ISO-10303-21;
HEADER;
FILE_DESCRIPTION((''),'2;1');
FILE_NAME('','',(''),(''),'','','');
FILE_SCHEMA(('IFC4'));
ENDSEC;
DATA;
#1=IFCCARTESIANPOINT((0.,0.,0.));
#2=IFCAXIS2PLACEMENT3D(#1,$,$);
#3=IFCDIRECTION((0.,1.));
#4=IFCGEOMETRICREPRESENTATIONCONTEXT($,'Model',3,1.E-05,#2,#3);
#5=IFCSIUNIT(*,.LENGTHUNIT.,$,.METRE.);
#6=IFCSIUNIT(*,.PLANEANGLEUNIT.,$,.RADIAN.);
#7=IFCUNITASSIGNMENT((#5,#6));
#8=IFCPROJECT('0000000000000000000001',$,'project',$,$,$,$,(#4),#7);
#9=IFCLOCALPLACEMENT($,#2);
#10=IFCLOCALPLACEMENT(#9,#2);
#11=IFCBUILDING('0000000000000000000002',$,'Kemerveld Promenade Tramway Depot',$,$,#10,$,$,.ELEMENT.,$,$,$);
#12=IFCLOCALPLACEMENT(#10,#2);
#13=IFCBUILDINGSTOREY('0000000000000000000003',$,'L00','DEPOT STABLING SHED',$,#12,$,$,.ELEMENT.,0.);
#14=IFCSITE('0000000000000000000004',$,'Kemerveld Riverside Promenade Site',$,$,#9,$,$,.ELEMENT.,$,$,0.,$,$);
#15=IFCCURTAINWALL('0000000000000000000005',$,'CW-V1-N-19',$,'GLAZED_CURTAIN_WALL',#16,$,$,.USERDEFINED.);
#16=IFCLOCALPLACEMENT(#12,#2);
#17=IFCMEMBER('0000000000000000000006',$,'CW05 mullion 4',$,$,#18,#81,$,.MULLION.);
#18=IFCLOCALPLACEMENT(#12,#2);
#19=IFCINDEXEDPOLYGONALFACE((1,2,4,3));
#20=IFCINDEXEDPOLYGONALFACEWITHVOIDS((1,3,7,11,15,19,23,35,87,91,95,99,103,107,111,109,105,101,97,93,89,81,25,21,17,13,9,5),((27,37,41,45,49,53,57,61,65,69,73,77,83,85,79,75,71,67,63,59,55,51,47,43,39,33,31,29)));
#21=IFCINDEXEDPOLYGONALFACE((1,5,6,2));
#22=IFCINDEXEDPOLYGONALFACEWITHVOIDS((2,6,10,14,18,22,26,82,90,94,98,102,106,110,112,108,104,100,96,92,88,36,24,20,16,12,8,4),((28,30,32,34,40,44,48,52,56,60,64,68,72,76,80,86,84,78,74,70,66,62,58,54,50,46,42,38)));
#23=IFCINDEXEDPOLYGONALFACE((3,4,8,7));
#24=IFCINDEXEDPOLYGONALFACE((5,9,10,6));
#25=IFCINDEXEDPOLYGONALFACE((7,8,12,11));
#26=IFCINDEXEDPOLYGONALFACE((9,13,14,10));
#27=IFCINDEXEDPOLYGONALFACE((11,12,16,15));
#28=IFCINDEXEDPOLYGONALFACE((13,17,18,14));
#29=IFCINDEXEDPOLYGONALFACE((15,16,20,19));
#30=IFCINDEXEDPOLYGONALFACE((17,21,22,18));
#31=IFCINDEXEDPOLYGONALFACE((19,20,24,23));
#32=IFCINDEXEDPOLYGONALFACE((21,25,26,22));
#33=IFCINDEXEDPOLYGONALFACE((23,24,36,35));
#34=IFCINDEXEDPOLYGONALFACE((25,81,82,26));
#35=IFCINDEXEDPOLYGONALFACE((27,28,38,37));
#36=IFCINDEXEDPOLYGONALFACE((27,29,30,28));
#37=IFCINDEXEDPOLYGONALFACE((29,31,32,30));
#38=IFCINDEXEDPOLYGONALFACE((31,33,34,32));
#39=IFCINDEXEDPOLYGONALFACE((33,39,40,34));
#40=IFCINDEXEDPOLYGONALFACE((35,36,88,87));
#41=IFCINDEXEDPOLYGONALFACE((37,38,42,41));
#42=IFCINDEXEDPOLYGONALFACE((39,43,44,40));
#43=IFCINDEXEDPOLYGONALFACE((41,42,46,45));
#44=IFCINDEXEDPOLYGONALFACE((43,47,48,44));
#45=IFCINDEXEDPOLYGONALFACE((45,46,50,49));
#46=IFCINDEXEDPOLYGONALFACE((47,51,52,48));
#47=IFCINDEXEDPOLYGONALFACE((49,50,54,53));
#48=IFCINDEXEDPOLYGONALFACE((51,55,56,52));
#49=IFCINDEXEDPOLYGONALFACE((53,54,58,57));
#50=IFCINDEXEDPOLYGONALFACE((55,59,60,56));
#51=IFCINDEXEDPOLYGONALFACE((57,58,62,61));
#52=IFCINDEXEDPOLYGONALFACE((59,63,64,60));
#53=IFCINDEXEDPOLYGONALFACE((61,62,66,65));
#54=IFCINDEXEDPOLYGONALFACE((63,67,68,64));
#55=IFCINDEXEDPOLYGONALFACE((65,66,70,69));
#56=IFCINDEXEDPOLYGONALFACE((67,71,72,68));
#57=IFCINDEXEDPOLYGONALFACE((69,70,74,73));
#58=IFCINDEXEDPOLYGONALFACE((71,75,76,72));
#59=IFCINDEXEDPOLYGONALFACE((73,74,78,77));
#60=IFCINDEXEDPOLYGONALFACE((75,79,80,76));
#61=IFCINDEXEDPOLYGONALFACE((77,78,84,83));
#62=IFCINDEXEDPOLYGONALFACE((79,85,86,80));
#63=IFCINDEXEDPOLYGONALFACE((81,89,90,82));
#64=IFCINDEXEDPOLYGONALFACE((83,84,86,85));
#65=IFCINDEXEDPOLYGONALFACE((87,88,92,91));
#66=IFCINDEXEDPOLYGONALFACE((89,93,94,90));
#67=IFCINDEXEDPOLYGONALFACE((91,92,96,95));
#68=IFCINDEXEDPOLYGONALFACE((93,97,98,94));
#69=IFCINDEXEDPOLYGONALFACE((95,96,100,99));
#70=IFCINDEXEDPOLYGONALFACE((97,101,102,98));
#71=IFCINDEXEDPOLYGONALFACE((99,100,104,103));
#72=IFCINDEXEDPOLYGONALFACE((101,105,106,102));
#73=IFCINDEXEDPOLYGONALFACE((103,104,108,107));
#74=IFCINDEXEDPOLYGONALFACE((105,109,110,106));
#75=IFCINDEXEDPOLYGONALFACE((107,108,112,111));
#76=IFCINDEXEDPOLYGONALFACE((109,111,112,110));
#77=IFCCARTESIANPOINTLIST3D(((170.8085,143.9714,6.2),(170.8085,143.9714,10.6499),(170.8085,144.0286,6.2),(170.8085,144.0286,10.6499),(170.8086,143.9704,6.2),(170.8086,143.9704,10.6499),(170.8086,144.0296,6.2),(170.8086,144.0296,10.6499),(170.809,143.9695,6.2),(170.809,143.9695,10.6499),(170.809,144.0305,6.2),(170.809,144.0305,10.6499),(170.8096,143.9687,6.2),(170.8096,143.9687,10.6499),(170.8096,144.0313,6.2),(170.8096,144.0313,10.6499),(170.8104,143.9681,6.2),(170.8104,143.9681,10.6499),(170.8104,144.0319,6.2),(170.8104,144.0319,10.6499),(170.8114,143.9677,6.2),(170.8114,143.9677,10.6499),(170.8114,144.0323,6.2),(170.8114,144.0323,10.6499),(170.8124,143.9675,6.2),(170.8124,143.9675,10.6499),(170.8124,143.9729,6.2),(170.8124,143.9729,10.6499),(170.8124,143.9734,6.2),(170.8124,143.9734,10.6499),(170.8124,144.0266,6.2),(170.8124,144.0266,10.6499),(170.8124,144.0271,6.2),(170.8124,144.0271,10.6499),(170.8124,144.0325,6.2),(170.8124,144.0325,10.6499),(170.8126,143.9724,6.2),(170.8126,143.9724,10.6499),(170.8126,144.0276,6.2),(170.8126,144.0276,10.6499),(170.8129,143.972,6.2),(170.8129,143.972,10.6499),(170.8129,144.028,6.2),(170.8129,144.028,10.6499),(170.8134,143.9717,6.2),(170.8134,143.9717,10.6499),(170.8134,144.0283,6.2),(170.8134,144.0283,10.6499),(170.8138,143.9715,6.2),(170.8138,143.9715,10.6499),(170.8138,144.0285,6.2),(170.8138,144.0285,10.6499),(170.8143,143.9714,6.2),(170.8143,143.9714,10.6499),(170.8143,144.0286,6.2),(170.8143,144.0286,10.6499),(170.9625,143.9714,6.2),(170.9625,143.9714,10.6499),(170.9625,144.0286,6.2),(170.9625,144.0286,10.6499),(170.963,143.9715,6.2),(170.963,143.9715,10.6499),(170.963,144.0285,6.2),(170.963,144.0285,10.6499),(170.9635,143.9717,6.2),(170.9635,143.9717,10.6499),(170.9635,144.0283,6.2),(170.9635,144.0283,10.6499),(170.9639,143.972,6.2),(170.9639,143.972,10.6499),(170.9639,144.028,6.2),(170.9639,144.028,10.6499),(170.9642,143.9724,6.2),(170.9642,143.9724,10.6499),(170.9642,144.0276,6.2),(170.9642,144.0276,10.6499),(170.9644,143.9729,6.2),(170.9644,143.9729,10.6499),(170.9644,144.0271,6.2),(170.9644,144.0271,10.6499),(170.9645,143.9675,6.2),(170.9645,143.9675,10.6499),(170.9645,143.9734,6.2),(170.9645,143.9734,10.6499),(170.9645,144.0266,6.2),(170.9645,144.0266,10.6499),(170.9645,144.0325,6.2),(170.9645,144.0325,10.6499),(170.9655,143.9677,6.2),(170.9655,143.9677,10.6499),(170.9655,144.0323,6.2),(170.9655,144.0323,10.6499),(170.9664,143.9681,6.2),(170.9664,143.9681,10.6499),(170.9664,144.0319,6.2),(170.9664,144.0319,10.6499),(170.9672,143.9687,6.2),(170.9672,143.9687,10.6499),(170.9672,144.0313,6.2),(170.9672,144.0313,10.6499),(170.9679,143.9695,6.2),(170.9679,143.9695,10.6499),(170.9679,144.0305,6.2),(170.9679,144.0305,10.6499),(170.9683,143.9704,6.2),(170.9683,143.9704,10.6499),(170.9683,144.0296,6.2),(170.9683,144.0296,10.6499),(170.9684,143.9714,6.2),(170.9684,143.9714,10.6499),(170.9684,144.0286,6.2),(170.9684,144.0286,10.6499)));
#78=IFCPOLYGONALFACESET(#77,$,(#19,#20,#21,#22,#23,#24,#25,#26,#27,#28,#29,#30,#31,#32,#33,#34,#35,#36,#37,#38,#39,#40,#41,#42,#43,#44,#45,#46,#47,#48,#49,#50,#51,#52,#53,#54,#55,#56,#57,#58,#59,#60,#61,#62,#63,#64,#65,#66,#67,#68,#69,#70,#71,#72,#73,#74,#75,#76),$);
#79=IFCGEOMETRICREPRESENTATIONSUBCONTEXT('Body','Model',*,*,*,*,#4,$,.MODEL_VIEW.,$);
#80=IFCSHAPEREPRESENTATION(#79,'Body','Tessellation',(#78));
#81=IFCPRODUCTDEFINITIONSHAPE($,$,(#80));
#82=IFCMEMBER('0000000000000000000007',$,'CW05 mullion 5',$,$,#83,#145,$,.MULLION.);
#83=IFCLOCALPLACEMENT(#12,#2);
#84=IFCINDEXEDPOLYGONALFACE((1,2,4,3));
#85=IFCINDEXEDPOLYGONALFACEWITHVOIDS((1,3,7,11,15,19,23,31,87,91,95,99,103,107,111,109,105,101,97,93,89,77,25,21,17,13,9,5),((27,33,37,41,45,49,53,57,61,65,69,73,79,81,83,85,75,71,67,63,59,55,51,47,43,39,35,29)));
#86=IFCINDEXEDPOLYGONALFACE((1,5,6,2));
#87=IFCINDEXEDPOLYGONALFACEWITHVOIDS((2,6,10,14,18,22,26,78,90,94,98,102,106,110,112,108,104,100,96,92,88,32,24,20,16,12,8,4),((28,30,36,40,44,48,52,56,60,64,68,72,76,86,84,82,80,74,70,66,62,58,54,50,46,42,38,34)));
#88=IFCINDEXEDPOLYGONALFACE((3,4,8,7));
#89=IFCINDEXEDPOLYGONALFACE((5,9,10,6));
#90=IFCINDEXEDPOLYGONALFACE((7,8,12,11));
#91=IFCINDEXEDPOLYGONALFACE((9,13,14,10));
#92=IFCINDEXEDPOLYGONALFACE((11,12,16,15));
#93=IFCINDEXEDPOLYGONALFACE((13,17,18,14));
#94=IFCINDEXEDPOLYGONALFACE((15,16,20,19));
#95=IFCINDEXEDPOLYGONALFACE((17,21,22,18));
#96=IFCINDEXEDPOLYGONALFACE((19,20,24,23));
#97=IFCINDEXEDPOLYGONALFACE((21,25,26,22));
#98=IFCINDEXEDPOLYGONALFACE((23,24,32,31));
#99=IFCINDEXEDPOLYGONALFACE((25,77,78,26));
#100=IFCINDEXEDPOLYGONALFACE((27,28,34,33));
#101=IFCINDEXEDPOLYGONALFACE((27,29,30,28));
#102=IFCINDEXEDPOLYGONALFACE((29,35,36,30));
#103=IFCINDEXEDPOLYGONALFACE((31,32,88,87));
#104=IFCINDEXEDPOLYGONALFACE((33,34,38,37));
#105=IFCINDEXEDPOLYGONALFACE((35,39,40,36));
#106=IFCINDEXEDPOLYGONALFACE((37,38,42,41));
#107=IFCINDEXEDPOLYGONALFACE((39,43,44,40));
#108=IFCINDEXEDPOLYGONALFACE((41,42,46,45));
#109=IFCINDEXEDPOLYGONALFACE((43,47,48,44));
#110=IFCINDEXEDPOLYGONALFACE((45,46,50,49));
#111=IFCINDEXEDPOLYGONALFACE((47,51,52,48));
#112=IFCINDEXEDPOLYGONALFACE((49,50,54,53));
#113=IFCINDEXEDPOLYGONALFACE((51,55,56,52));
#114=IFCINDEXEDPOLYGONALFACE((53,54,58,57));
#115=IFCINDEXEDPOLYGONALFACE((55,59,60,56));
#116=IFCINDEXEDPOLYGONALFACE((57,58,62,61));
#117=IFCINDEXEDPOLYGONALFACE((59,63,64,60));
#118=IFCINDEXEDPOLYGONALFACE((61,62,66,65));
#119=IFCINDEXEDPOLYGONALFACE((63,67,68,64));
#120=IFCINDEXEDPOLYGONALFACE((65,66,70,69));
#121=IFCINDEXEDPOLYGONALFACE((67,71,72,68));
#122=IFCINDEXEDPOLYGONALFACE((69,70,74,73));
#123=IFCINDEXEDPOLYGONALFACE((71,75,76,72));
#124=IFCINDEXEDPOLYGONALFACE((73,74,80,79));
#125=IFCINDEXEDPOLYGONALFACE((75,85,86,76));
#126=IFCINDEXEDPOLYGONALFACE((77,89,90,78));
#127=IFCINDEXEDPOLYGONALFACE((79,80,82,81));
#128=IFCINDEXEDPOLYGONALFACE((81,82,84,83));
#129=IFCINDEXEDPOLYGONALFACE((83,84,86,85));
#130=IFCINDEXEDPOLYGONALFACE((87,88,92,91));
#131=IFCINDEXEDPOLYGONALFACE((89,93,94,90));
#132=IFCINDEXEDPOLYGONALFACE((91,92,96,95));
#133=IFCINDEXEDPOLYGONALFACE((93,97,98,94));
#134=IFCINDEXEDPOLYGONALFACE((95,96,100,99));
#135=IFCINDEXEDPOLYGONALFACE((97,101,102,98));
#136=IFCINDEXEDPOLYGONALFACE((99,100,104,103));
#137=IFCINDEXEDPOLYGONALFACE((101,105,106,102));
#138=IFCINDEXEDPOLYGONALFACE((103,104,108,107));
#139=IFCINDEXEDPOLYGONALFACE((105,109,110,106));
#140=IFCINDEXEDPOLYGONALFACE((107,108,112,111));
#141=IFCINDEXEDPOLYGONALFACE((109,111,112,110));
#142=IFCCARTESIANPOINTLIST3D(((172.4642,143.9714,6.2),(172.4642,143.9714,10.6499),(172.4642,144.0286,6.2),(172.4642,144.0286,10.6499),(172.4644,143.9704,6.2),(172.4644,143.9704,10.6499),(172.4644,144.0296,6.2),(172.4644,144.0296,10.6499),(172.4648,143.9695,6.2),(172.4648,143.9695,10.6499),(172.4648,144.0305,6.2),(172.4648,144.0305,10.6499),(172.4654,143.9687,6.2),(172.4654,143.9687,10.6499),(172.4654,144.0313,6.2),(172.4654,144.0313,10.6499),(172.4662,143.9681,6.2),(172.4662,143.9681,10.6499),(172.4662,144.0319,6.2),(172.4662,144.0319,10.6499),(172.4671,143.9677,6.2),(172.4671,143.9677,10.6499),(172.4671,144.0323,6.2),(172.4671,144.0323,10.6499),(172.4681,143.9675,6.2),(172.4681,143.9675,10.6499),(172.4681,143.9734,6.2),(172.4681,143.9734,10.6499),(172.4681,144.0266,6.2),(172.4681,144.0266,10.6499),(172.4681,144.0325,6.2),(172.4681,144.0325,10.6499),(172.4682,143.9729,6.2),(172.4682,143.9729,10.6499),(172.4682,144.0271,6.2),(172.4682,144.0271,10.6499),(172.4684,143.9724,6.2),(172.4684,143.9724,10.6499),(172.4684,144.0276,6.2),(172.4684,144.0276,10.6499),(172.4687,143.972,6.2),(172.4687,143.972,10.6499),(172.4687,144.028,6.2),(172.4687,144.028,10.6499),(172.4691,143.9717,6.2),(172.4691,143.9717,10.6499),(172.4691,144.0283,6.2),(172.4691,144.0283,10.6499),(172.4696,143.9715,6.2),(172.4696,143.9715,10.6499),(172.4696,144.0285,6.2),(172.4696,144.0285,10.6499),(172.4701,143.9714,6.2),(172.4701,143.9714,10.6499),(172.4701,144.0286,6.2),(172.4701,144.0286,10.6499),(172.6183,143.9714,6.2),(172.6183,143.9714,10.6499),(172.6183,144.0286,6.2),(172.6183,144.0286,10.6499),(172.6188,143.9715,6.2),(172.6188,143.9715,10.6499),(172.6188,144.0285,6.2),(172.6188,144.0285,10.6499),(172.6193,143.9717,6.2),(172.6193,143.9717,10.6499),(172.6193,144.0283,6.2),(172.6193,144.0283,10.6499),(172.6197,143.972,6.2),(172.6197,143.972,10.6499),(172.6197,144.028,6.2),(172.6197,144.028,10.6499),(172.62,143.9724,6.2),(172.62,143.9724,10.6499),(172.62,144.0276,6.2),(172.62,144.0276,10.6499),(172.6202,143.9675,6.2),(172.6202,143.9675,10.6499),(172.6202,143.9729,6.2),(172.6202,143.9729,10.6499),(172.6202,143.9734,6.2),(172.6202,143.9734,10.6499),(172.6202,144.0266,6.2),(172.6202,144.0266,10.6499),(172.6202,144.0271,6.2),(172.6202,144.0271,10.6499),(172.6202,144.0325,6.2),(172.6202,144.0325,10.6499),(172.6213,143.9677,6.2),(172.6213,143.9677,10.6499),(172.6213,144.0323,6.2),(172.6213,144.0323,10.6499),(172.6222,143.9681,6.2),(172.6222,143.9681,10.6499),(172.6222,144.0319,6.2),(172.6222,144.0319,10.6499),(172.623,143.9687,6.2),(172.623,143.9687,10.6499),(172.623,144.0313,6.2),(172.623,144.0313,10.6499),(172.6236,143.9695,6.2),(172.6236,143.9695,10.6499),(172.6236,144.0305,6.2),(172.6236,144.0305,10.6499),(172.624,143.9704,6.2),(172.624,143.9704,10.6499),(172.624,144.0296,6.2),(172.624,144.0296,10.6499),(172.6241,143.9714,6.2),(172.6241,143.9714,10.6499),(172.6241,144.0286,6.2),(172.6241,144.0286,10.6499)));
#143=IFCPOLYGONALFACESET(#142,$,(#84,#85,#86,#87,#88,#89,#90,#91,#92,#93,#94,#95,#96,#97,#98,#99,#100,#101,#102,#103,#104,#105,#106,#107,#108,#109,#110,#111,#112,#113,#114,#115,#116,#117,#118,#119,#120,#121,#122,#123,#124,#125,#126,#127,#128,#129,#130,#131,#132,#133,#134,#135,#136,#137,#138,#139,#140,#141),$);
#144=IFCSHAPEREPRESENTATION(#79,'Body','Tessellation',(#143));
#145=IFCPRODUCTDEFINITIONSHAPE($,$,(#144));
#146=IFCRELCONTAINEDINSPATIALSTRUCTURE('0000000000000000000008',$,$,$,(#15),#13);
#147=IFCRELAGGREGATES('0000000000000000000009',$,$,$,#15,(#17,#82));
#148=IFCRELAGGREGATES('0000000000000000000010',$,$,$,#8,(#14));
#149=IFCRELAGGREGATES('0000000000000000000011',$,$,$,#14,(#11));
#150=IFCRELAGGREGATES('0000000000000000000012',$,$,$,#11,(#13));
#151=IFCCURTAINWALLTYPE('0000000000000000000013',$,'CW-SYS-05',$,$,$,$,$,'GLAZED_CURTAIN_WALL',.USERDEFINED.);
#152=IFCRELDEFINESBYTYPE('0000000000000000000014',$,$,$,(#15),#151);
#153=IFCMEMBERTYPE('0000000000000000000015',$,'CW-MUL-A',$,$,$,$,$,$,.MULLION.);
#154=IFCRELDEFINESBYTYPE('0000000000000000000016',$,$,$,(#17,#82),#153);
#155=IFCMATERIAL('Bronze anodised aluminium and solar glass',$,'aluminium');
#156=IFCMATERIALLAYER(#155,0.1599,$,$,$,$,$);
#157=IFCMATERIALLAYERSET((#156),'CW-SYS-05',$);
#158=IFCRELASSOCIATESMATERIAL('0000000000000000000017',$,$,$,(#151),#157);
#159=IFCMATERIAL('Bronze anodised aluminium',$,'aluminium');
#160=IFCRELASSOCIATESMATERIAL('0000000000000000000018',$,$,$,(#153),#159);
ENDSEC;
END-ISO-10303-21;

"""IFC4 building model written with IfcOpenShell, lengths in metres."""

from ifc_helpers import new_model, si_unit, direction, frame, origin, origin_2d, place, context, subcontext, project, spatial, hollow_rectangle, extrude, material, layer, layer_set, material_profile, profile_set, type_object, element, aggregate, save


model = new_model("IFC4")

# Units and contexts
model_context = context("Model", 3, precision=1e-05, world=origin(), true_north=direction((0.0, 1.0)))
body_context = subcontext(model_context, "Body", "Model", "MODEL_VIEW")
ifc_project = project(units=[si_unit("LENGTHUNIT", "METRE"), si_unit("PLANEANGLEUNIT", "RADIAN")], contexts=[model_context])

# Site, building, storey
site_placement = place(None, origin())
site = spatial("IfcSite", under=ifc_project, at=site_placement, Name="Kemerveld Riverside Promenade Site", CompositionType="ELEMENT", RefElevation=0.0)
building_placement = place(site_placement, origin())
building = spatial("IfcBuilding", under=site, at=building_placement, Name="Kemerveld Promenade Tramway Depot", CompositionType="ELEMENT")
storey_placement = place(building_placement, origin())
storey = spatial("IfcBuildingStorey", under=building, at=storey_placement, Name="L00", Description="DEPOT STABLING SHED", CompositionType="ELEMENT", Elevation=0.0)

# Curtain wall, members
ifc_material_1 = material(Name="Bronze anodised aluminium and solar glass", Category="aluminium")
ifc_layer_1 = layer(ifc_material_1, 0.1599)
ifc_layer_set_1 = layer_set([ifc_layer_1], Name="CW-SYS-05")
curtain_wall_type_1 = type_object("IfcCurtainWallType", Name="CW-SYS-05", ElementType="GLAZED_CURTAIN_WALL", PredefinedType="USERDEFINED", material=ifc_layer_set_1)
curtain_wall_1_placement = place(storey_placement, origin())
curtain_wall_1 = element("IfcCurtainWall", 1, at=curtain_wall_1_placement, inside=storey, type_object=curtain_wall_type_1, Name="CW-V1-N-19", ObjectType="GLAZED_CURTAIN_WALL", PredefinedType="USERDEFINED")
ifc_material_2 = material(Name="Bronze anodised aluminium", Category="aluminium")
ifc_material_profile_1 = material_profile(ifc_material_2, hollow_rectangle(XDim=0.0649, YDim=0.1599, WallThickness=0.0039, InnerFilletRadius=0.002, OuterFilletRadius=0.0039, at=origin_2d()), Name="CW-MUL-160x65")
ifc_profile_set_1 = profile_set([ifc_material_profile_1], Name="Bronze anodised aluminium")
member_type_1 = type_object("IfcMemberType", Name="CW-MUL-A", PredefinedType="MULLION", material=ifc_profile_set_1)
member_1_placement = place(storey_placement, frame((170.8884, 144.0, 6.2), z_axis=(0.0, 0.0, 1.0), x_axis=(0.0, 1.0, 0.0)))
member_1 = element("IfcMember", 2, at=member_1_placement, type_object=member_type_1, Name="CW05 mullion 4", PredefinedType="MULLION", context=body_context, shape_type="SweptSolid", body=[
    extrude(hollow_rectangle(XDim=0.0649, YDim=0.1599, WallThickness=0.0039, InnerFilletRadius=0.002, OuterFilletRadius=0.0039, at=origin_2d()), origin(), (0.0, 0.0, 1.0), 4.45),
])
member_2_placement = place(storey_placement, frame((172.5442, 144.0, 6.2), z_axis=(0.0, 0.0, 1.0), x_axis=(0.0, 1.0, 0.0)))
member_2 = element("IfcMember", 3, at=member_2_placement, type_object=member_type_1, Name="CW05 mullion 5", PredefinedType="MULLION", context=body_context, shape_type="SweptSolid", body=[
    extrude(hollow_rectangle(XDim=0.0649, YDim=0.1599, WallThickness=0.0039, InnerFilletRadius=0.002, OuterFilletRadius=0.0039, at=origin_2d()), origin(), (0.0, 0.0, 1.0), 4.45),
])

aggregate(curtain_wall_1, [member_1, member_2])

save(model, "model.ifc")
